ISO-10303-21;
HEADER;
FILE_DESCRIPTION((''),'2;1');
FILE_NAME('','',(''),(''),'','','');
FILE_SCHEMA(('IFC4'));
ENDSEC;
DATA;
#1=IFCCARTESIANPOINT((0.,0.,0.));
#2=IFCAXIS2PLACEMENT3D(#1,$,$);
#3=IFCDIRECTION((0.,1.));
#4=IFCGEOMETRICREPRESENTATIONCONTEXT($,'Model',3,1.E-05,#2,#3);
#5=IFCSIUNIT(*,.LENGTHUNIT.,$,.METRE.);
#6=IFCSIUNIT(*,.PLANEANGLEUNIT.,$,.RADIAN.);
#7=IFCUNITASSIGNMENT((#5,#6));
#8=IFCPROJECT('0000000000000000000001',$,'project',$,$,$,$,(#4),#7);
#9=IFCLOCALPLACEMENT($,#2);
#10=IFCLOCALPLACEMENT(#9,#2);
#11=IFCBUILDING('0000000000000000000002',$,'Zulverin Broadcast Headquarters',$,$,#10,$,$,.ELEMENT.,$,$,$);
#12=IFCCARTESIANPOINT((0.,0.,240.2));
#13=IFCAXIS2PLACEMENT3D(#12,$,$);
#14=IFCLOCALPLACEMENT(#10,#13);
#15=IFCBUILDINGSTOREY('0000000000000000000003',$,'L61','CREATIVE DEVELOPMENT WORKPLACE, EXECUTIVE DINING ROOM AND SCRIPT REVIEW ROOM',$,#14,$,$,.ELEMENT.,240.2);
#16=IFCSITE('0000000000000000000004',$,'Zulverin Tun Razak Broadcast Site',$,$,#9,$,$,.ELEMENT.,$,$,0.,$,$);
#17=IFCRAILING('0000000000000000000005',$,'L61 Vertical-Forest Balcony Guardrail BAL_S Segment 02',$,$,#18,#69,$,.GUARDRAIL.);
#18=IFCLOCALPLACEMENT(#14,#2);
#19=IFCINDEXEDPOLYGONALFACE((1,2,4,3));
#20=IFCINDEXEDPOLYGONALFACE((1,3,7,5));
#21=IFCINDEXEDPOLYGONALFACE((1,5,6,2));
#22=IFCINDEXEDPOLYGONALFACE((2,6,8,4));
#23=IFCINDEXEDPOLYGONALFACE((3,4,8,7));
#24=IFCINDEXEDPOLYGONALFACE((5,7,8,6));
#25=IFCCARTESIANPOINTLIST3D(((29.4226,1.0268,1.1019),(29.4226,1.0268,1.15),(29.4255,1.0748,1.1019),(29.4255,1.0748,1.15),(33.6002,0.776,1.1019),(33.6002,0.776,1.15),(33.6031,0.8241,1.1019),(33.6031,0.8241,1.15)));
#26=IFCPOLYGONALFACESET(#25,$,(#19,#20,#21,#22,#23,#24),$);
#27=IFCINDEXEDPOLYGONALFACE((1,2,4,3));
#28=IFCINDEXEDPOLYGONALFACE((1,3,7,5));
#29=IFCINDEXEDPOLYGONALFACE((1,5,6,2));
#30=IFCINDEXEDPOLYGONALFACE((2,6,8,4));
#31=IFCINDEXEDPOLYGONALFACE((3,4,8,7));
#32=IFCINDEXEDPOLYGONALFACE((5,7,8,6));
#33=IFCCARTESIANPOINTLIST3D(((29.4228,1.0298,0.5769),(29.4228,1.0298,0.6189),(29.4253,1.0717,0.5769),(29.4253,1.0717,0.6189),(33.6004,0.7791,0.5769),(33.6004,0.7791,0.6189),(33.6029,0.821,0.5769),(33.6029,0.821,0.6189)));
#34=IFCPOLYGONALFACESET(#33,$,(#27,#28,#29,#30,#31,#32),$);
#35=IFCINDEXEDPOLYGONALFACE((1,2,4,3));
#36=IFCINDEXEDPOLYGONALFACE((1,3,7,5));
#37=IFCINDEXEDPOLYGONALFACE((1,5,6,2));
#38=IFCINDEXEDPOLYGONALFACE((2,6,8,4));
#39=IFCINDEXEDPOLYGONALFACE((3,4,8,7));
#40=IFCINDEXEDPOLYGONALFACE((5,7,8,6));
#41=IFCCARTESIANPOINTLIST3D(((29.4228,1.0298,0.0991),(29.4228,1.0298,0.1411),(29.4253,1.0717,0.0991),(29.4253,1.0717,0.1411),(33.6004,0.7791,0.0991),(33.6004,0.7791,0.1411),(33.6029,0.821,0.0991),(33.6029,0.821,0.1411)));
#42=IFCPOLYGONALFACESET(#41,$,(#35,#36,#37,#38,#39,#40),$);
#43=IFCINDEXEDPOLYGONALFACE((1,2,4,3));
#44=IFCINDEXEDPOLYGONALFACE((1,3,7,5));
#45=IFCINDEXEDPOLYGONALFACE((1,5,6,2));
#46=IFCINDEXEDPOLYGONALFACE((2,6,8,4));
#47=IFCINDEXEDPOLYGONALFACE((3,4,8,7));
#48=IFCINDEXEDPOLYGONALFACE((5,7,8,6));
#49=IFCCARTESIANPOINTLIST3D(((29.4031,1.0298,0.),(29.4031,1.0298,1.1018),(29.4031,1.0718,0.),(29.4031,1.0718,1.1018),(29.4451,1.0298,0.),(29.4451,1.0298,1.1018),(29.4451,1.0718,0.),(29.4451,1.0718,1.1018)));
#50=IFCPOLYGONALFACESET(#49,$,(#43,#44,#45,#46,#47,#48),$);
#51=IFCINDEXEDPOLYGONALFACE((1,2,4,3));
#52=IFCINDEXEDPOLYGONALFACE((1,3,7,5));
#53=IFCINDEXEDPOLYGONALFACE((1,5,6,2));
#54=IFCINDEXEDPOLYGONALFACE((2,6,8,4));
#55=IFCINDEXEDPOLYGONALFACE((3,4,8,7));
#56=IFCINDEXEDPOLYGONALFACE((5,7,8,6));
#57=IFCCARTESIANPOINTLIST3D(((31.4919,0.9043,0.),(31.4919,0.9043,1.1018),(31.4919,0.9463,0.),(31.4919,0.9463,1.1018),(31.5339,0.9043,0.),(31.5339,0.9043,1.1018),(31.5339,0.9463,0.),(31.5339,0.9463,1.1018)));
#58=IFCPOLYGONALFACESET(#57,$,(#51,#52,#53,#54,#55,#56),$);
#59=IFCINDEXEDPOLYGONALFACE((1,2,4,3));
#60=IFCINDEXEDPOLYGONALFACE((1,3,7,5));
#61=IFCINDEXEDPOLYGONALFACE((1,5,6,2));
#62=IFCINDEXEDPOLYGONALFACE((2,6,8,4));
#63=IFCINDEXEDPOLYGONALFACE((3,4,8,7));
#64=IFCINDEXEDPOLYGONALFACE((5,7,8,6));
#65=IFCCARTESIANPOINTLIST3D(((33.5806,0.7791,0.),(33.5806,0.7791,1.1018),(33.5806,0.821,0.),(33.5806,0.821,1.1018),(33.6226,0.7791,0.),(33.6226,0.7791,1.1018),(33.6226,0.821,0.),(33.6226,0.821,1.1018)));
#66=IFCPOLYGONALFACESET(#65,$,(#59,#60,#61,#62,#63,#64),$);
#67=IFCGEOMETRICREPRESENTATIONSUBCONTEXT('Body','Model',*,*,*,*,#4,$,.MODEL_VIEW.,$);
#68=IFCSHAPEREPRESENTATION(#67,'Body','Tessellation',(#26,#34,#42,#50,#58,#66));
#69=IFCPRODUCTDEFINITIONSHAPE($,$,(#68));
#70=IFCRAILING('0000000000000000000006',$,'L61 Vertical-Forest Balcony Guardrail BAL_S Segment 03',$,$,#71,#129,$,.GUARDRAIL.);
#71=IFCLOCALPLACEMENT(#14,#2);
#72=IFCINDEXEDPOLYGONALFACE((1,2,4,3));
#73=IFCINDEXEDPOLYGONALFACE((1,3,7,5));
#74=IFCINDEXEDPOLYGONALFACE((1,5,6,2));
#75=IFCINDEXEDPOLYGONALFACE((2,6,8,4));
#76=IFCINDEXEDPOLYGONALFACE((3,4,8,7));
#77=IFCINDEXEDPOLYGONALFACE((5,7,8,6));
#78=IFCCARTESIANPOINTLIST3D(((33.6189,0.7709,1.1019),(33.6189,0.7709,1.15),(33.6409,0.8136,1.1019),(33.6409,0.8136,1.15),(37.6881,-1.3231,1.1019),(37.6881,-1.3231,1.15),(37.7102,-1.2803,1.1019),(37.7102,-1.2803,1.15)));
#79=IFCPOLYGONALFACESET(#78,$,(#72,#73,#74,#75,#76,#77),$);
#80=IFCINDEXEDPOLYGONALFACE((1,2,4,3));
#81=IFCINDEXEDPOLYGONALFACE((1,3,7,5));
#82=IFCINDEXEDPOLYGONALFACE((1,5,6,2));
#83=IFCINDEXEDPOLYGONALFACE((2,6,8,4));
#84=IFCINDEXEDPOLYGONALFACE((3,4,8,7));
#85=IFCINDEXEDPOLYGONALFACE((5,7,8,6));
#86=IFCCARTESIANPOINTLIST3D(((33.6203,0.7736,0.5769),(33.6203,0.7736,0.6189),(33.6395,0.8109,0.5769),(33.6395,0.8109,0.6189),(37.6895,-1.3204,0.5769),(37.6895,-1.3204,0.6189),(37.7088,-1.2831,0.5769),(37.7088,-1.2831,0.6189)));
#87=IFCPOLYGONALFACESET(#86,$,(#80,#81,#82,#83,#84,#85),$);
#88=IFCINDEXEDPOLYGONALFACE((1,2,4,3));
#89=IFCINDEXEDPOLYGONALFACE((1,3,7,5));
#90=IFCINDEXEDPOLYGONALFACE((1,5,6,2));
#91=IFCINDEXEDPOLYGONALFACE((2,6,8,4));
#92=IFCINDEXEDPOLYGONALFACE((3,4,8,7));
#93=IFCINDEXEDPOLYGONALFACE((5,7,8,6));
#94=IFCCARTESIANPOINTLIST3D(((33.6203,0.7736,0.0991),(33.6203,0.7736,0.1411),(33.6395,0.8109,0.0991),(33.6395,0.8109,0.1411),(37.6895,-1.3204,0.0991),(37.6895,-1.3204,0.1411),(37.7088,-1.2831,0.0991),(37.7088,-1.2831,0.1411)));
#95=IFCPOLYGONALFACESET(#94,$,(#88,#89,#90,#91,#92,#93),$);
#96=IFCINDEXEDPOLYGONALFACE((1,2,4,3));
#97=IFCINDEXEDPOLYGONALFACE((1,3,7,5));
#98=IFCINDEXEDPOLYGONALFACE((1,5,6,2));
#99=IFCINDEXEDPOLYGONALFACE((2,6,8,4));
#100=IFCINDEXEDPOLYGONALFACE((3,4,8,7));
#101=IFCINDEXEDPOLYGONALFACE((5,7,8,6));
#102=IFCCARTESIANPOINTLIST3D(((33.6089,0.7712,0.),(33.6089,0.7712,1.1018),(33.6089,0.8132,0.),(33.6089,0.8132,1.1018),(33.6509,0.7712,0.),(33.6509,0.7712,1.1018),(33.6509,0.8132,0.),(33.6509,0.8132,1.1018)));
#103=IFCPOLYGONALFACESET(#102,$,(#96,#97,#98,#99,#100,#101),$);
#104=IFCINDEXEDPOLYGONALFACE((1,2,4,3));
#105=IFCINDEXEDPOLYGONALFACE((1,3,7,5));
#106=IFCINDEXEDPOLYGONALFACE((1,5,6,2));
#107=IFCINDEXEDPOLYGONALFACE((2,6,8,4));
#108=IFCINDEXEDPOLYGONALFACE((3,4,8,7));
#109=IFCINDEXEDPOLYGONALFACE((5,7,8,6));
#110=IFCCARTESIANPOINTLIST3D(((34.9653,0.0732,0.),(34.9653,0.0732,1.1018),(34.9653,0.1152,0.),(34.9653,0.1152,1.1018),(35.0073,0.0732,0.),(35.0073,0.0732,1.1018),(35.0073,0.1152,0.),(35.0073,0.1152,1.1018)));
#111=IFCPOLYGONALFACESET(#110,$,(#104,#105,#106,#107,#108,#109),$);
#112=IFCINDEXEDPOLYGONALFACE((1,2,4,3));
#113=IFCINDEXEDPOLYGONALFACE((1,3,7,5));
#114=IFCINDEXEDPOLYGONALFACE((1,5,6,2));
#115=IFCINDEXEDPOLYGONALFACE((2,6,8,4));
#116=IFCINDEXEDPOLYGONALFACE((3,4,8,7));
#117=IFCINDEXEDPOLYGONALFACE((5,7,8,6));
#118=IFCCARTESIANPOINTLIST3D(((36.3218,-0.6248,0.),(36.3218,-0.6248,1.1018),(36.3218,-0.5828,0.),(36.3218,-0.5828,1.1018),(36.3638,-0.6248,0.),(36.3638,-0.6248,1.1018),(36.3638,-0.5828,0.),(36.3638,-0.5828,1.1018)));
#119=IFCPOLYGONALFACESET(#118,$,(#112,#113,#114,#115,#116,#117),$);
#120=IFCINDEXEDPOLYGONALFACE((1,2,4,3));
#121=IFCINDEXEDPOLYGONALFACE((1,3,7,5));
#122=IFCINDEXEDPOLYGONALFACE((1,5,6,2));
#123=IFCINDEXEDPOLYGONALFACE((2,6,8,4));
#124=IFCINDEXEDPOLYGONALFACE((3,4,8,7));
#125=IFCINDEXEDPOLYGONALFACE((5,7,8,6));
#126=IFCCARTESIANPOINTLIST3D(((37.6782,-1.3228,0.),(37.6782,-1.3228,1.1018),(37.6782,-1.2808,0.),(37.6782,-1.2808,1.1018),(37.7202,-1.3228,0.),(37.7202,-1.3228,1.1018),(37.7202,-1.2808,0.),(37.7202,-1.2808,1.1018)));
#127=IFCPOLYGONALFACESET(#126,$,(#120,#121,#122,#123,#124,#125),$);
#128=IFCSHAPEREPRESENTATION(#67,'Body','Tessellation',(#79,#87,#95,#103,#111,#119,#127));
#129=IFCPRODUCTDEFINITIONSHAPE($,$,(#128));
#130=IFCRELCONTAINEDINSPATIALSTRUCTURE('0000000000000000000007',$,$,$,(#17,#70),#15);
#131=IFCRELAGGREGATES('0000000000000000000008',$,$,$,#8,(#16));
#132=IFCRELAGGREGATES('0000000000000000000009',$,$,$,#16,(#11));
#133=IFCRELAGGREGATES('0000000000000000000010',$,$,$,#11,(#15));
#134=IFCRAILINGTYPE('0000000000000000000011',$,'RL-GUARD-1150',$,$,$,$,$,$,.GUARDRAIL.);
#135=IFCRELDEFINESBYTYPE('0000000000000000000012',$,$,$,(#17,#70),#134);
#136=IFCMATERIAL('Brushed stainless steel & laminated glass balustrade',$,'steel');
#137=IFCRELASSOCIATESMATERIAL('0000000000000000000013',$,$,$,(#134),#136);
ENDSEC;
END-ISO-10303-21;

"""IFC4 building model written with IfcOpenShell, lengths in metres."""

from ifc_helpers import new_model, si_unit, direction, frame, origin, origin_2d, place, context, subcontext, project, spatial, rectangle, extrude, material, type_object, element, save


model = new_model("IFC4")

# Units and contexts
model_context = context("Model", 3, precision=1e-05, world=origin(), true_north=direction((0.0, 1.0)))
body_context = subcontext(model_context, "Body", "Model", "MODEL_VIEW")
ifc_project = project(units=[si_unit("LENGTHUNIT", "METRE"), si_unit("PLANEANGLEUNIT", "RADIAN")], contexts=[model_context])

# Site, building, storey
site_placement = place(None, origin())
site = spatial("IfcSite", under=ifc_project, at=site_placement, Name="Zulverin Tun Razak Broadcast Site", CompositionType="ELEMENT", RefElevation=0.0)
building_placement = place(site_placement, origin())
building = spatial("IfcBuilding", under=site, at=building_placement, Name="Zulverin Broadcast Headquarters", CompositionType="ELEMENT")
storey_placement = place(building_placement, frame((0.0, 0.0, 240.2)))
storey = spatial("IfcBuildingStorey", under=building, at=storey_placement, Name="L61", Description="CREATIVE DEVELOPMENT WORKPLACE, EXECUTIVE DINING ROOM AND SCRIPT REVIEW ROOM", CompositionType="ELEMENT", Elevation=240.2)

# Railings
ifc_material_1 = material(Name="Brushed stainless steel & laminated glass balustrade", Category="steel")
railing_type = type_object("IfcRailingType", Name="RL-GUARD-1150", PredefinedType="GUARDRAIL", material=ifc_material_1)
railing_1_placement = place(storey_placement, frame((29.4241, 1.0508, 0.0)))
element("IfcRailing", 1, at=railing_1_placement, inside=storey, type_object=railing_type, Name="L61 Vertical-Forest Balcony Guardrail BAL_S Segment 02", PredefinedType="GUARDRAIL", context=body_context, shape_type="SweptSolid", body=[
    extrude(rectangle(XDim=0.0481, YDim=0.0481, at=origin_2d()), frame((0.0, 0.0, 1.126), z_axis=(0.998204, -0.059912, 0.0), x_axis=(0.059912, 0.998204, 0.0)), (0.0, 0.0, 1.0), 4.1851),
    extrude(rectangle(XDim=0.042, YDim=0.042, at=origin_2d()), frame((0.0, 0.0, 0.5979), z_axis=(0.998204, -0.059912, 0.0), x_axis=(0.059912, 0.998204, 0.0)), (0.0, 0.0, 1.0), 4.1851),
    extrude(rectangle(XDim=0.042, YDim=0.042, at=origin_2d()), frame((0.0, 0.0, 0.1201), z_axis=(0.998204, -0.059912, 0.0), x_axis=(0.059912, 0.998204, 0.0)), (0.0, 0.0, 1.0), 4.1851),
    extrude(rectangle(XDim=0.042, YDim=0.042, at=origin_2d()), origin(), (0.0, 0.0, 1.0), 1.1018),
    extrude(rectangle(XDim=0.042, YDim=0.042, at=origin_2d()), frame((2.0889, -0.1255, 0.0)), (0.0, 0.0, 1.0), 1.1018),
    extrude(rectangle(XDim=0.042, YDim=0.042, at=origin_2d()), frame((4.1775, -0.2507, 0.0)), (0.0, 0.0, 1.0), 1.1018),
])
railing_2_placement = place(storey_placement, frame((33.6299, 0.7922, 0.0)))
element("IfcRailing", 2, at=railing_2_placement, inside=storey, type_object=railing_type, Name="L61 Vertical-Forest Balcony Guardrail BAL_S Segment 03", PredefinedType="GUARDRAIL", context=body_context, shape_type="SweptSolid", body=[
    extrude(rectangle(XDim=0.0481, YDim=0.0481, at=origin_2d()), frame((0.0, 0.0, 1.126), z_axis=(0.889182, -0.457554, 0.0), x_axis=(0.457554, 0.889182, 0.0)), (0.0, 0.0, 1.0), 4.5764),
    extrude(rectangle(XDim=0.042, YDim=0.042, at=origin_2d()), frame((0.0, 0.0, 0.5979), z_axis=(0.889182, -0.457554, 0.0), x_axis=(0.457554, 0.889182, 0.0)), (0.0, 0.0, 1.0), 4.5764),
    extrude(rectangle(XDim=0.042, YDim=0.042, at=origin_2d()), frame((0.0, 0.0, 0.1201), z_axis=(0.889182, -0.457554, 0.0), x_axis=(0.457554, 0.889182, 0.0)), (0.0, 0.0, 1.0), 4.5764),
    extrude(rectangle(XDim=0.042, YDim=0.042, at=origin_2d()), origin(), (0.0, 0.0, 1.0), 1.1018),
    extrude(rectangle(XDim=0.042, YDim=0.042, at=origin_2d()), frame((1.3564, -0.698, 0.0)), (0.0, 0.0, 1.0), 1.1018),
    extrude(rectangle(XDim=0.042, YDim=0.042, at=origin_2d()), frame((2.7129, -1.396, 0.0)), (0.0, 0.0, 1.0), 1.1018),
    extrude(rectangle(XDim=0.042, YDim=0.042, at=origin_2d()), frame((4.0693, -2.094, 0.0)), (0.0, 0.0, 1.0), 1.1018),
])

save(model, "model.ifc")
